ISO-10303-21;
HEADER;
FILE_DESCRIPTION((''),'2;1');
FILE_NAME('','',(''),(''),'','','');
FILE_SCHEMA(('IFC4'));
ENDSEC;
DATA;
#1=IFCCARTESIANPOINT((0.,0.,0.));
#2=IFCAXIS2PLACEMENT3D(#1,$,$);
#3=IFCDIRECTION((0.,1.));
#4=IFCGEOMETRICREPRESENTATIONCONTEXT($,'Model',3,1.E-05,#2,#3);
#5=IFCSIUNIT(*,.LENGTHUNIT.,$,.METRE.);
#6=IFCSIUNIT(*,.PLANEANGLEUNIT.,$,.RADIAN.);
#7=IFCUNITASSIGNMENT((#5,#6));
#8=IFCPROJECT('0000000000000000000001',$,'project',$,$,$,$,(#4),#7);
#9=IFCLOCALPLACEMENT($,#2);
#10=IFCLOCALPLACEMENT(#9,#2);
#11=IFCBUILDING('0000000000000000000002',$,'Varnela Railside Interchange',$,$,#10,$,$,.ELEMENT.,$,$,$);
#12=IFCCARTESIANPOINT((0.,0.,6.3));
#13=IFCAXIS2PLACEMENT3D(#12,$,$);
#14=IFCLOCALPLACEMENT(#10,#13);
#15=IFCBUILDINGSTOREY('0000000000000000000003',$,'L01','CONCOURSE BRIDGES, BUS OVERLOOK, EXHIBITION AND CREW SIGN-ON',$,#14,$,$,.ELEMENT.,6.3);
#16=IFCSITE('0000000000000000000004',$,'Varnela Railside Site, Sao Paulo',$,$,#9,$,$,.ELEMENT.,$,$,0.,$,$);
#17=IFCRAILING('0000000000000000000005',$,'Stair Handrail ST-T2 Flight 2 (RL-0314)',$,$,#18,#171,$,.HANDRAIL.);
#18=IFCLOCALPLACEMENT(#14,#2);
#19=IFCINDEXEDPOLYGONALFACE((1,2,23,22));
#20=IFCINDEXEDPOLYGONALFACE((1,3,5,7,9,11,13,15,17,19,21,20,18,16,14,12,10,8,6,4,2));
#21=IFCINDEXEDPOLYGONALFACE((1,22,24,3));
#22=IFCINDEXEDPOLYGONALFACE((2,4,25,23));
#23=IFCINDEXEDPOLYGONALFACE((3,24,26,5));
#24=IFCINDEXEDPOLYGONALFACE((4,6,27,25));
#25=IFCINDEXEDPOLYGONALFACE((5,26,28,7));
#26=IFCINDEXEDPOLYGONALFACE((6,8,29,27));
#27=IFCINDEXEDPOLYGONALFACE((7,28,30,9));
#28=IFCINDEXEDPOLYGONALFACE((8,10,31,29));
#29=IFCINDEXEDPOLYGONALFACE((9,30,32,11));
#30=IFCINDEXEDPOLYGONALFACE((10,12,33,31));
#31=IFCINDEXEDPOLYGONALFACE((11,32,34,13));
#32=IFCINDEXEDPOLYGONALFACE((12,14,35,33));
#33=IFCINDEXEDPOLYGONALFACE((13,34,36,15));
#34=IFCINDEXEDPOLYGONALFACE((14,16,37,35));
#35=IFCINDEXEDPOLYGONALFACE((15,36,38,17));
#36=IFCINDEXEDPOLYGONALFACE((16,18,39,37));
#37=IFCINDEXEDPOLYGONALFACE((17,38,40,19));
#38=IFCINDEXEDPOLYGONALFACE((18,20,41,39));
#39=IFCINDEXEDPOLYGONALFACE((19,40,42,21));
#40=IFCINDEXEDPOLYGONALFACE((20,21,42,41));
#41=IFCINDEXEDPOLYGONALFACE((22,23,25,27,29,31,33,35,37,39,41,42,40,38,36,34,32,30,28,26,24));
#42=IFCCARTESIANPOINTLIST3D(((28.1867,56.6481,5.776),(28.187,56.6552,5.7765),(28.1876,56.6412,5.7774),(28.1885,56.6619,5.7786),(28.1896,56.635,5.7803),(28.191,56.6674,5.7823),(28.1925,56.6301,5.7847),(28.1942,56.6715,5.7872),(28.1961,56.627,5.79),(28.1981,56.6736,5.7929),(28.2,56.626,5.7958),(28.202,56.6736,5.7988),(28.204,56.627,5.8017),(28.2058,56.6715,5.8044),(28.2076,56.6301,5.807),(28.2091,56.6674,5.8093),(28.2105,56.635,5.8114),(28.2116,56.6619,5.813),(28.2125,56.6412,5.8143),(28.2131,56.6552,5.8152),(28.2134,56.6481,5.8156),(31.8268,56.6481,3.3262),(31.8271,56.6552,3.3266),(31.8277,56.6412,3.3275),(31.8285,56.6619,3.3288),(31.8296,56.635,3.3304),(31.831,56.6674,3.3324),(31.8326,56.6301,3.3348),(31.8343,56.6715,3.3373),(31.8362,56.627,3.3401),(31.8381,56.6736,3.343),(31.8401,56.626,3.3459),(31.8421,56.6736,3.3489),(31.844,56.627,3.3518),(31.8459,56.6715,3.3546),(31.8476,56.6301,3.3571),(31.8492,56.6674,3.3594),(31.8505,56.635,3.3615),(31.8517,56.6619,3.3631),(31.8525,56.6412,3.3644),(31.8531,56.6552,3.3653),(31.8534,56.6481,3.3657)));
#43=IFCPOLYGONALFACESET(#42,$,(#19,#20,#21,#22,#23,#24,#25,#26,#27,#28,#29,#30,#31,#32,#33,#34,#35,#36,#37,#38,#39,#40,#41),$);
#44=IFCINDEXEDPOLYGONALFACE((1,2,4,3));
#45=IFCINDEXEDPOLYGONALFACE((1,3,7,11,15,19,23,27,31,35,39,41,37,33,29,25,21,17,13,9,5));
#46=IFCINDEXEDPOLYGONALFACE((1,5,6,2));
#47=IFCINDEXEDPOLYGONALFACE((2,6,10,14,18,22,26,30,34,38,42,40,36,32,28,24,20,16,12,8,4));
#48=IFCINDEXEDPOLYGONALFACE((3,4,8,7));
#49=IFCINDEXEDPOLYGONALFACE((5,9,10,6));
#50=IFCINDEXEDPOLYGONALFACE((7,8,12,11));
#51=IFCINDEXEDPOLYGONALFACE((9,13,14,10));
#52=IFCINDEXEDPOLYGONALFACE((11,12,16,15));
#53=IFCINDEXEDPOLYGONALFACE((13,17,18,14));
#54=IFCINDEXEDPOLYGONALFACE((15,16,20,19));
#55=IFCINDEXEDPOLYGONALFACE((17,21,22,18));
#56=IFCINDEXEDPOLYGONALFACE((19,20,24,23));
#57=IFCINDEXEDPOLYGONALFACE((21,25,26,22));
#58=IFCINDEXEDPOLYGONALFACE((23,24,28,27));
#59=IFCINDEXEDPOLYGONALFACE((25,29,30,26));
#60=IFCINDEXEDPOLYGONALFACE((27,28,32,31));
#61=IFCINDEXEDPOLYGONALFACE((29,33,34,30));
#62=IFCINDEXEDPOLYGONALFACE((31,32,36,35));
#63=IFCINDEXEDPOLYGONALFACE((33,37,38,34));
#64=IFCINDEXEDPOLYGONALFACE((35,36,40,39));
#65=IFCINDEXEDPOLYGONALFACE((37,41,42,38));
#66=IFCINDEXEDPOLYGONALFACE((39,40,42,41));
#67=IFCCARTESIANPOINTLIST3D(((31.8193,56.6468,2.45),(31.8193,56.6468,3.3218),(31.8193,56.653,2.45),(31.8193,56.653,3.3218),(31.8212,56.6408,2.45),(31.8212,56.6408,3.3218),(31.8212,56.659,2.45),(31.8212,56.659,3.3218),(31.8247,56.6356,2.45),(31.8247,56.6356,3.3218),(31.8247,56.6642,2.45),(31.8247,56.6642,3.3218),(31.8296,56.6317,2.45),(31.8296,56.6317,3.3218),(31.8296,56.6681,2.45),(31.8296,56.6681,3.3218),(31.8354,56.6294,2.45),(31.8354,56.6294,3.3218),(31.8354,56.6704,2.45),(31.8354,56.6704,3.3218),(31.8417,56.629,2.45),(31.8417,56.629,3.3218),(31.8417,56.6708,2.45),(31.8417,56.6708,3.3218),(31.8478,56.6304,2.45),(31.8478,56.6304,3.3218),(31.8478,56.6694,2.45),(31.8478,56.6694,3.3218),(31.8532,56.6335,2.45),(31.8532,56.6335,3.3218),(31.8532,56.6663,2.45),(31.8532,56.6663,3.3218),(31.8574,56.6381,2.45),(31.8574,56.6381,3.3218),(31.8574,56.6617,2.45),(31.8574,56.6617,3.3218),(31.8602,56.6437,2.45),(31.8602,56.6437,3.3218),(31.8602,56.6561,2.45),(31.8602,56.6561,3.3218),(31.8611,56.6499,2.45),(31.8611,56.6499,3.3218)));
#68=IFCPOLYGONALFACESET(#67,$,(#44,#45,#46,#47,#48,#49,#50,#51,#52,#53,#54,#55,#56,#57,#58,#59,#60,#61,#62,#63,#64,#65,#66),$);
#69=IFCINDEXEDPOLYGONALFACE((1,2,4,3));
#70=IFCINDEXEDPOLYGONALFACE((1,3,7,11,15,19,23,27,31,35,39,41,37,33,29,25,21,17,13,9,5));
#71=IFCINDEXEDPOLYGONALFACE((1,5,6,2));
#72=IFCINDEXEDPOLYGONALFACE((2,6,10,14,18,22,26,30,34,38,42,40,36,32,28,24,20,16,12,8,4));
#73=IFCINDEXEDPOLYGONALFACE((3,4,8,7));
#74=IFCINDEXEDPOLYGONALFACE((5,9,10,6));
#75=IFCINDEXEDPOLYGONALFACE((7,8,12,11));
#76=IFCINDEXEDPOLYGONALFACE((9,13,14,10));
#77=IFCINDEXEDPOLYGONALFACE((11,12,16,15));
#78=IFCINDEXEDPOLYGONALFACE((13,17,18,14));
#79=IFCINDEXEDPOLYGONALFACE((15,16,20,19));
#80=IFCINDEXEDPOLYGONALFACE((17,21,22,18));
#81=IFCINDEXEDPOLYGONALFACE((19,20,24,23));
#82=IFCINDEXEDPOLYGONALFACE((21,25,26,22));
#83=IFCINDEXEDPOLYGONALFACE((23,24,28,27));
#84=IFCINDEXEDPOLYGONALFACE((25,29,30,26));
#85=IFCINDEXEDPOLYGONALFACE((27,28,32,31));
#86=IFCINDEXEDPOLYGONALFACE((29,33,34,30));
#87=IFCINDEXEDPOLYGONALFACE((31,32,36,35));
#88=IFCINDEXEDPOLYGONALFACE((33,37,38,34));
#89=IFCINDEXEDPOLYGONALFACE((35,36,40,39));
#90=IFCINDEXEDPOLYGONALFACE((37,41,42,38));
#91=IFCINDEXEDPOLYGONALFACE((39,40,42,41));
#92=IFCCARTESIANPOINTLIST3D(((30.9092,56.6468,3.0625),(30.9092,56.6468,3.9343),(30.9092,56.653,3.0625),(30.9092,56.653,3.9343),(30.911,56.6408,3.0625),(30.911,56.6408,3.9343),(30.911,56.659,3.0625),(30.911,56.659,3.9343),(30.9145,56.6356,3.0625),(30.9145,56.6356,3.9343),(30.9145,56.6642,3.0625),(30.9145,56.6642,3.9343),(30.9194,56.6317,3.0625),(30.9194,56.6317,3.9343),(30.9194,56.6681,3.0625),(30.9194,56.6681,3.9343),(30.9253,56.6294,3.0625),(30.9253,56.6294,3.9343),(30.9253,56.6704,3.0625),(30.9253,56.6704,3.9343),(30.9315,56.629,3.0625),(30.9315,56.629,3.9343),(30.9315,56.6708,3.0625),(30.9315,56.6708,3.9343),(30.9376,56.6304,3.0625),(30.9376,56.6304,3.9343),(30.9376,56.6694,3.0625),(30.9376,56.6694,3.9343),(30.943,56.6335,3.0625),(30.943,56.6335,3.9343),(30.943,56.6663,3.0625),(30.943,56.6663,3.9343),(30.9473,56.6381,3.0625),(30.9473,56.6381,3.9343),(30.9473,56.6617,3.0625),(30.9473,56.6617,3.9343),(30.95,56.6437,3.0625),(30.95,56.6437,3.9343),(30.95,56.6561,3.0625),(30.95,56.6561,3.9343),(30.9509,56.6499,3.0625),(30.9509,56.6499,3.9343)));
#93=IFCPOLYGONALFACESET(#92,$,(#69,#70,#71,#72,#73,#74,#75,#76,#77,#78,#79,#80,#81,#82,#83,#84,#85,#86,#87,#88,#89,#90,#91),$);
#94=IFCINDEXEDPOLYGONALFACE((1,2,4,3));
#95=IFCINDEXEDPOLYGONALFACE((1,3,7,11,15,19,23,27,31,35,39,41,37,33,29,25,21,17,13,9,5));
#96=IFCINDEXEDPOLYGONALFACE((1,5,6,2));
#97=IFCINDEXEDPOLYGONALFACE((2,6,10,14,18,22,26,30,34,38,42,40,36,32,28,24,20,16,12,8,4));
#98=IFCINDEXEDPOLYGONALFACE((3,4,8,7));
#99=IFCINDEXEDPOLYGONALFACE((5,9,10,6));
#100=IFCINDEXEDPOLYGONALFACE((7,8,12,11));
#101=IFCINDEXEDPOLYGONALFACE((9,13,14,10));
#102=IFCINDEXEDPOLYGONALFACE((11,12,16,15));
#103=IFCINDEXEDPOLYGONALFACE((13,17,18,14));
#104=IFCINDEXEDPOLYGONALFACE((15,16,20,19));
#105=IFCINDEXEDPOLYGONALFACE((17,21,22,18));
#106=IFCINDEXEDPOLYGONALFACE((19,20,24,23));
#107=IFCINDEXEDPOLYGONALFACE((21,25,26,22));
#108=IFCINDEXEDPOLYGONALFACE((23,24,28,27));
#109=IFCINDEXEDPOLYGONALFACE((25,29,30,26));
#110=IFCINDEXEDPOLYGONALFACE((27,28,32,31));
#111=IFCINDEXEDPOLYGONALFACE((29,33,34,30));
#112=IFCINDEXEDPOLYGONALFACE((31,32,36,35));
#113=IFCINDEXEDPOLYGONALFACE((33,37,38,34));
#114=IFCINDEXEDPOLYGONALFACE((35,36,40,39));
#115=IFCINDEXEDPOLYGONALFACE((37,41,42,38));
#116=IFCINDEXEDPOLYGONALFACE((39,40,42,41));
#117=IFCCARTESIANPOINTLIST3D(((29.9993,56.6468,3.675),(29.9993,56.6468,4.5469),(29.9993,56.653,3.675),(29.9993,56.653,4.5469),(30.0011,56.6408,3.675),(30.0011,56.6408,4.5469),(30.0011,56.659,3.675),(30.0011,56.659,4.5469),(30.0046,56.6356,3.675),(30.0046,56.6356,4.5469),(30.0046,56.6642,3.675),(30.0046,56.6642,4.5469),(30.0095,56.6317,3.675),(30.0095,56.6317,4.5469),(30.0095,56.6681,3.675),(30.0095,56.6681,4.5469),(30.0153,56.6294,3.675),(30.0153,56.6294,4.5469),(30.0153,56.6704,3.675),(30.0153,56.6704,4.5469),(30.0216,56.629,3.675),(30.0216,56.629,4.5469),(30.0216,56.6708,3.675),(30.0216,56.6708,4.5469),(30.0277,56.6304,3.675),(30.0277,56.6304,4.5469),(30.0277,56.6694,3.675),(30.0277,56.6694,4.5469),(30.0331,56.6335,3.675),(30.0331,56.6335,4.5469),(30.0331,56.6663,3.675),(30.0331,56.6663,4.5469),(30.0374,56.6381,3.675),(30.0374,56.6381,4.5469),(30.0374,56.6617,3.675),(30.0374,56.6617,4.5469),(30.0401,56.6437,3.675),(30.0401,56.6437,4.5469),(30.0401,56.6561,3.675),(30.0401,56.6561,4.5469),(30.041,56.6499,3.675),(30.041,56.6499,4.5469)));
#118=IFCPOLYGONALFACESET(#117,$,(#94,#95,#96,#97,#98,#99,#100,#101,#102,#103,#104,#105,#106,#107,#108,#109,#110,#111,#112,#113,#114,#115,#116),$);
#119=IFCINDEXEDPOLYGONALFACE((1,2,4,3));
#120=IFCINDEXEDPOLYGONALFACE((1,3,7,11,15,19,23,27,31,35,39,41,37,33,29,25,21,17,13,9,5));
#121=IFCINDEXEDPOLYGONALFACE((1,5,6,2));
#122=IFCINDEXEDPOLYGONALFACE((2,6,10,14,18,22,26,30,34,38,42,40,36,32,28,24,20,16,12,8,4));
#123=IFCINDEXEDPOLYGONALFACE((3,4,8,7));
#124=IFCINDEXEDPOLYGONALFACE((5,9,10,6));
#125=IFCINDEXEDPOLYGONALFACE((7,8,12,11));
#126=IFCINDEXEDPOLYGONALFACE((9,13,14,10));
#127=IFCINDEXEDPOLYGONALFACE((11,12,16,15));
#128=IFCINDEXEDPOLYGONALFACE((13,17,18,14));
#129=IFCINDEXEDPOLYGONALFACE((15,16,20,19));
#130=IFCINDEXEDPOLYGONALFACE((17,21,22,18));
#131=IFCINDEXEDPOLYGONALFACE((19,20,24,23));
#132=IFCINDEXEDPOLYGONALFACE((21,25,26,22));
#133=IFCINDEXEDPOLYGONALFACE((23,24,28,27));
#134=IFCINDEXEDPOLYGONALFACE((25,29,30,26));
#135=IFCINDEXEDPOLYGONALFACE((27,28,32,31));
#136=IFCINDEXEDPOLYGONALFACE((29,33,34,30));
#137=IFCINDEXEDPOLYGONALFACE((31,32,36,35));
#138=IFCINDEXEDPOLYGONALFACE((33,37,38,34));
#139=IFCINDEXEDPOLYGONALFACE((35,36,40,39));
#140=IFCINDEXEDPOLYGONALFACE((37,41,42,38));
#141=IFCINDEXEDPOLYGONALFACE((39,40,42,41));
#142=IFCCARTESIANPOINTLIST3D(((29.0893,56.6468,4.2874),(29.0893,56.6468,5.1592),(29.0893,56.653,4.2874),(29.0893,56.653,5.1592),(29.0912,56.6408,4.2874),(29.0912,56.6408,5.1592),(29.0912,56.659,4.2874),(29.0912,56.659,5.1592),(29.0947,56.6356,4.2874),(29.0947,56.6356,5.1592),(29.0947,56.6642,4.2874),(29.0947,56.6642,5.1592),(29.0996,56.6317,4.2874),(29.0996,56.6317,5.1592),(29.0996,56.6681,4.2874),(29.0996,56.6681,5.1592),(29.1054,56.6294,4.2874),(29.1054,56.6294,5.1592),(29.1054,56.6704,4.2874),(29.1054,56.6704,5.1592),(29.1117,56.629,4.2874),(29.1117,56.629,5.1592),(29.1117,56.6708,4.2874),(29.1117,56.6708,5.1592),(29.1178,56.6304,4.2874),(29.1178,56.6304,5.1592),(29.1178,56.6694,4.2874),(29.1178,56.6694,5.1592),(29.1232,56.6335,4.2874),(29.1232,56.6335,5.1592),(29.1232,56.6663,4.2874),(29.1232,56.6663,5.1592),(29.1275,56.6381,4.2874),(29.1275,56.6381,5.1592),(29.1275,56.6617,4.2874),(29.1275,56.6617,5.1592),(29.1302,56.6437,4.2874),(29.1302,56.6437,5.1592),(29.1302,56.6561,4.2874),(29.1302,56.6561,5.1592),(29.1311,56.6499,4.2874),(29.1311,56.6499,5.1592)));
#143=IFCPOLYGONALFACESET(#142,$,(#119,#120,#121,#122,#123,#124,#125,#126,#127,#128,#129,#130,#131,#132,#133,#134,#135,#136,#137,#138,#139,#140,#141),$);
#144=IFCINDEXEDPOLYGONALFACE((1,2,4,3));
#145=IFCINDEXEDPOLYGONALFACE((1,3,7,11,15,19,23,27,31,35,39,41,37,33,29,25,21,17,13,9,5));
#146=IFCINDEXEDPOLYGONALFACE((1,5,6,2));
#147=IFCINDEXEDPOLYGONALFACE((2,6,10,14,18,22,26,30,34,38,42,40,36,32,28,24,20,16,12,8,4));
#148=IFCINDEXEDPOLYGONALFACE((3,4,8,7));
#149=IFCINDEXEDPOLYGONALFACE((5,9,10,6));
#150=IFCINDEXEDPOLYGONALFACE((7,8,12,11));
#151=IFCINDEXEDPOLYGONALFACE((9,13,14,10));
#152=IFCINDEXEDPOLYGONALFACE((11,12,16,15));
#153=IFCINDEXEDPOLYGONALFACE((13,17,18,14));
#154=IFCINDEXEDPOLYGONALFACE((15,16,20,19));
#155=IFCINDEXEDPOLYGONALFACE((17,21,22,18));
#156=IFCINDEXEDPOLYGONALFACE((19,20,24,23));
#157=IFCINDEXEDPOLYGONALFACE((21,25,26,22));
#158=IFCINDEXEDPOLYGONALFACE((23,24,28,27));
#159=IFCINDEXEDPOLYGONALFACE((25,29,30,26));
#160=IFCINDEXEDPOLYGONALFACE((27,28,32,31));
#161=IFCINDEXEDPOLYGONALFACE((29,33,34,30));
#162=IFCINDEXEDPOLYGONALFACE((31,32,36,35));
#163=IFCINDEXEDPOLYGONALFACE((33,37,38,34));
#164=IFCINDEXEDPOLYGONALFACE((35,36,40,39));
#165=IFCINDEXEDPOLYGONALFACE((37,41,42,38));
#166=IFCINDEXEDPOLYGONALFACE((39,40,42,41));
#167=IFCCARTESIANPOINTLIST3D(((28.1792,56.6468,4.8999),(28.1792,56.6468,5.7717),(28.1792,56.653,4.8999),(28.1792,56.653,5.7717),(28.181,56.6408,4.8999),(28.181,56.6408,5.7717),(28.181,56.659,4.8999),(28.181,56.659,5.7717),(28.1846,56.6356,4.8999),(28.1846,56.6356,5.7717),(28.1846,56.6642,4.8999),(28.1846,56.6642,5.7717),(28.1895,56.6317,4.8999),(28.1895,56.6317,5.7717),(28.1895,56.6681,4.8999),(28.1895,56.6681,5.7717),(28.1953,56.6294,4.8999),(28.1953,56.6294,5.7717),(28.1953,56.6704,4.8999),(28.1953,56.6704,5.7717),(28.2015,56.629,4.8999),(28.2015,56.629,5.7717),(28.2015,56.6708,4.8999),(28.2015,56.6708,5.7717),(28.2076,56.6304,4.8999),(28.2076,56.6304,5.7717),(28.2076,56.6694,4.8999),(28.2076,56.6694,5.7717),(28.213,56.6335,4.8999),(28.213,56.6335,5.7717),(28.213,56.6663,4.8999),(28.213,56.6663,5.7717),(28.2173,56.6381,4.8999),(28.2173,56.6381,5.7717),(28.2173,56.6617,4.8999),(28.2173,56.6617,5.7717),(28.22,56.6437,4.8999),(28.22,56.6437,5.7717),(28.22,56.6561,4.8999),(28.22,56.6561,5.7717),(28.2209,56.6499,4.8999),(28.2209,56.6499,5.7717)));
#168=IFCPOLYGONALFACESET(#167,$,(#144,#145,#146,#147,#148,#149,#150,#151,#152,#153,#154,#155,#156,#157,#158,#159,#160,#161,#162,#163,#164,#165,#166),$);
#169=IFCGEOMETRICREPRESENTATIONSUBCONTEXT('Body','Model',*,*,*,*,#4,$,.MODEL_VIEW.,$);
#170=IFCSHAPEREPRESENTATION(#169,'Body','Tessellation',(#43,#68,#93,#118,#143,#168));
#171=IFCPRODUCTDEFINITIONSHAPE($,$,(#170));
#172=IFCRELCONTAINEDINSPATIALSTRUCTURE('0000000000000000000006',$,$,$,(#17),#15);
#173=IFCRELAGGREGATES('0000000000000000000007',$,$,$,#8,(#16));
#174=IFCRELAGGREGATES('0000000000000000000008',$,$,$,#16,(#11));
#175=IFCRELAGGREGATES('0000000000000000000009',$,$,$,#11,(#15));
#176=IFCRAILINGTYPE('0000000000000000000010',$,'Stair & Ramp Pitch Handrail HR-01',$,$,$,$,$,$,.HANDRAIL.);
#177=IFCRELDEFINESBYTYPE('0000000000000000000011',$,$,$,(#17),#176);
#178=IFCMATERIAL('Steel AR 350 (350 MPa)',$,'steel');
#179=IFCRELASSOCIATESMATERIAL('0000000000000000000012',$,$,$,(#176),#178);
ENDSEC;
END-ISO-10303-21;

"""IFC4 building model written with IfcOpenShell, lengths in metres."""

from ifc_helpers import new_model, si_unit, direction, frame, origin, origin_2d, place, context, subcontext, project, spatial, circle, extrude, material, type_object, element, save


model = new_model("IFC4")

# Units and contexts
model_context = context("Model", 3, precision=1e-05, world=origin(), true_north=direction((0.0, 1.0)))
body_context = subcontext(model_context, "Body", "Model", "MODEL_VIEW")
ifc_project = project(units=[si_unit("LENGTHUNIT", "METRE"), si_unit("PLANEANGLEUNIT", "RADIAN")], contexts=[model_context])

# Site, building, storey
site_placement = place(None, origin())
site = spatial("IfcSite", under=ifc_project, at=site_placement, Name="Varnela Railside Site, Sao Paulo", CompositionType="ELEMENT", RefElevation=0.0)
building_placement = place(site_placement, origin())
building = spatial("IfcBuilding", under=site, at=building_placement, Name="Varnela Railside Interchange", CompositionType="ELEMENT")
storey_placement = place(building_placement, frame((0.0, 0.0, 6.3)))
storey = spatial("IfcBuildingStorey", under=building, at=storey_placement, Name="L01", Description="CONCOURSE BRIDGES, BUS OVERLOOK, EXHIBITION AND CREW SIGN-ON", CompositionType="ELEMENT", Elevation=6.3)

# Shared definitions
ifc_material_1 = material(Name="Steel AR 350 (350 MPa)", Category="steel")

# Railing
railing_type_1 = type_object("IfcRailingType", Name="Stair & Ramp Pitch Handrail HR-01", PredefinedType="HANDRAIL", material=ifc_material_1)
railing_1_placement = place(storey_placement, frame((31.8401, 56.6499, 2.45)))
element("IfcRailing", 1, at=railing_1_placement, inside=storey, type_object=railing_type_1, Name="Stair Handrail ST-T2 Flight 2 (RL-0314)", PredefinedType="HANDRAIL", context=body_context, shape_type="SweptSolid", body=[
    extrude(circle(Radius=0.0239, at=origin_2d()), frame((0.0, 0.0, 0.896), z_axis=(-0.829603, 0.0, 0.558354), x_axis=(0.0, -1.0, 0.0)), (0.0, 0.0, 1.0), 4.3877),
    extrude(circle(Radius=0.021, at=origin_2d()), origin(), (0.0, 0.0, 1.0), 0.8718),
    extrude(circle(Radius=0.021, at=origin_2d()), frame((-0.9102, 0.0, 0.6125)), (0.0, 0.0, 1.0), 0.8718),
    extrude(circle(Radius=0.021, at=origin_2d()), frame((-1.8201, 0.0, 1.2251)), (0.0, 0.0, 1.0), 0.8718),
    extrude(circle(Radius=0.021, at=origin_2d()), frame((-2.73, 0.0, 1.8374)), (0.0, 0.0, 1.0), 0.8718),
    extrude(circle(Radius=0.021, at=origin_2d()), frame((-3.6401, 0.0, 2.45)), (0.0, 0.0, 1.0), 0.8718),
])

save(model, "model.ifc")
